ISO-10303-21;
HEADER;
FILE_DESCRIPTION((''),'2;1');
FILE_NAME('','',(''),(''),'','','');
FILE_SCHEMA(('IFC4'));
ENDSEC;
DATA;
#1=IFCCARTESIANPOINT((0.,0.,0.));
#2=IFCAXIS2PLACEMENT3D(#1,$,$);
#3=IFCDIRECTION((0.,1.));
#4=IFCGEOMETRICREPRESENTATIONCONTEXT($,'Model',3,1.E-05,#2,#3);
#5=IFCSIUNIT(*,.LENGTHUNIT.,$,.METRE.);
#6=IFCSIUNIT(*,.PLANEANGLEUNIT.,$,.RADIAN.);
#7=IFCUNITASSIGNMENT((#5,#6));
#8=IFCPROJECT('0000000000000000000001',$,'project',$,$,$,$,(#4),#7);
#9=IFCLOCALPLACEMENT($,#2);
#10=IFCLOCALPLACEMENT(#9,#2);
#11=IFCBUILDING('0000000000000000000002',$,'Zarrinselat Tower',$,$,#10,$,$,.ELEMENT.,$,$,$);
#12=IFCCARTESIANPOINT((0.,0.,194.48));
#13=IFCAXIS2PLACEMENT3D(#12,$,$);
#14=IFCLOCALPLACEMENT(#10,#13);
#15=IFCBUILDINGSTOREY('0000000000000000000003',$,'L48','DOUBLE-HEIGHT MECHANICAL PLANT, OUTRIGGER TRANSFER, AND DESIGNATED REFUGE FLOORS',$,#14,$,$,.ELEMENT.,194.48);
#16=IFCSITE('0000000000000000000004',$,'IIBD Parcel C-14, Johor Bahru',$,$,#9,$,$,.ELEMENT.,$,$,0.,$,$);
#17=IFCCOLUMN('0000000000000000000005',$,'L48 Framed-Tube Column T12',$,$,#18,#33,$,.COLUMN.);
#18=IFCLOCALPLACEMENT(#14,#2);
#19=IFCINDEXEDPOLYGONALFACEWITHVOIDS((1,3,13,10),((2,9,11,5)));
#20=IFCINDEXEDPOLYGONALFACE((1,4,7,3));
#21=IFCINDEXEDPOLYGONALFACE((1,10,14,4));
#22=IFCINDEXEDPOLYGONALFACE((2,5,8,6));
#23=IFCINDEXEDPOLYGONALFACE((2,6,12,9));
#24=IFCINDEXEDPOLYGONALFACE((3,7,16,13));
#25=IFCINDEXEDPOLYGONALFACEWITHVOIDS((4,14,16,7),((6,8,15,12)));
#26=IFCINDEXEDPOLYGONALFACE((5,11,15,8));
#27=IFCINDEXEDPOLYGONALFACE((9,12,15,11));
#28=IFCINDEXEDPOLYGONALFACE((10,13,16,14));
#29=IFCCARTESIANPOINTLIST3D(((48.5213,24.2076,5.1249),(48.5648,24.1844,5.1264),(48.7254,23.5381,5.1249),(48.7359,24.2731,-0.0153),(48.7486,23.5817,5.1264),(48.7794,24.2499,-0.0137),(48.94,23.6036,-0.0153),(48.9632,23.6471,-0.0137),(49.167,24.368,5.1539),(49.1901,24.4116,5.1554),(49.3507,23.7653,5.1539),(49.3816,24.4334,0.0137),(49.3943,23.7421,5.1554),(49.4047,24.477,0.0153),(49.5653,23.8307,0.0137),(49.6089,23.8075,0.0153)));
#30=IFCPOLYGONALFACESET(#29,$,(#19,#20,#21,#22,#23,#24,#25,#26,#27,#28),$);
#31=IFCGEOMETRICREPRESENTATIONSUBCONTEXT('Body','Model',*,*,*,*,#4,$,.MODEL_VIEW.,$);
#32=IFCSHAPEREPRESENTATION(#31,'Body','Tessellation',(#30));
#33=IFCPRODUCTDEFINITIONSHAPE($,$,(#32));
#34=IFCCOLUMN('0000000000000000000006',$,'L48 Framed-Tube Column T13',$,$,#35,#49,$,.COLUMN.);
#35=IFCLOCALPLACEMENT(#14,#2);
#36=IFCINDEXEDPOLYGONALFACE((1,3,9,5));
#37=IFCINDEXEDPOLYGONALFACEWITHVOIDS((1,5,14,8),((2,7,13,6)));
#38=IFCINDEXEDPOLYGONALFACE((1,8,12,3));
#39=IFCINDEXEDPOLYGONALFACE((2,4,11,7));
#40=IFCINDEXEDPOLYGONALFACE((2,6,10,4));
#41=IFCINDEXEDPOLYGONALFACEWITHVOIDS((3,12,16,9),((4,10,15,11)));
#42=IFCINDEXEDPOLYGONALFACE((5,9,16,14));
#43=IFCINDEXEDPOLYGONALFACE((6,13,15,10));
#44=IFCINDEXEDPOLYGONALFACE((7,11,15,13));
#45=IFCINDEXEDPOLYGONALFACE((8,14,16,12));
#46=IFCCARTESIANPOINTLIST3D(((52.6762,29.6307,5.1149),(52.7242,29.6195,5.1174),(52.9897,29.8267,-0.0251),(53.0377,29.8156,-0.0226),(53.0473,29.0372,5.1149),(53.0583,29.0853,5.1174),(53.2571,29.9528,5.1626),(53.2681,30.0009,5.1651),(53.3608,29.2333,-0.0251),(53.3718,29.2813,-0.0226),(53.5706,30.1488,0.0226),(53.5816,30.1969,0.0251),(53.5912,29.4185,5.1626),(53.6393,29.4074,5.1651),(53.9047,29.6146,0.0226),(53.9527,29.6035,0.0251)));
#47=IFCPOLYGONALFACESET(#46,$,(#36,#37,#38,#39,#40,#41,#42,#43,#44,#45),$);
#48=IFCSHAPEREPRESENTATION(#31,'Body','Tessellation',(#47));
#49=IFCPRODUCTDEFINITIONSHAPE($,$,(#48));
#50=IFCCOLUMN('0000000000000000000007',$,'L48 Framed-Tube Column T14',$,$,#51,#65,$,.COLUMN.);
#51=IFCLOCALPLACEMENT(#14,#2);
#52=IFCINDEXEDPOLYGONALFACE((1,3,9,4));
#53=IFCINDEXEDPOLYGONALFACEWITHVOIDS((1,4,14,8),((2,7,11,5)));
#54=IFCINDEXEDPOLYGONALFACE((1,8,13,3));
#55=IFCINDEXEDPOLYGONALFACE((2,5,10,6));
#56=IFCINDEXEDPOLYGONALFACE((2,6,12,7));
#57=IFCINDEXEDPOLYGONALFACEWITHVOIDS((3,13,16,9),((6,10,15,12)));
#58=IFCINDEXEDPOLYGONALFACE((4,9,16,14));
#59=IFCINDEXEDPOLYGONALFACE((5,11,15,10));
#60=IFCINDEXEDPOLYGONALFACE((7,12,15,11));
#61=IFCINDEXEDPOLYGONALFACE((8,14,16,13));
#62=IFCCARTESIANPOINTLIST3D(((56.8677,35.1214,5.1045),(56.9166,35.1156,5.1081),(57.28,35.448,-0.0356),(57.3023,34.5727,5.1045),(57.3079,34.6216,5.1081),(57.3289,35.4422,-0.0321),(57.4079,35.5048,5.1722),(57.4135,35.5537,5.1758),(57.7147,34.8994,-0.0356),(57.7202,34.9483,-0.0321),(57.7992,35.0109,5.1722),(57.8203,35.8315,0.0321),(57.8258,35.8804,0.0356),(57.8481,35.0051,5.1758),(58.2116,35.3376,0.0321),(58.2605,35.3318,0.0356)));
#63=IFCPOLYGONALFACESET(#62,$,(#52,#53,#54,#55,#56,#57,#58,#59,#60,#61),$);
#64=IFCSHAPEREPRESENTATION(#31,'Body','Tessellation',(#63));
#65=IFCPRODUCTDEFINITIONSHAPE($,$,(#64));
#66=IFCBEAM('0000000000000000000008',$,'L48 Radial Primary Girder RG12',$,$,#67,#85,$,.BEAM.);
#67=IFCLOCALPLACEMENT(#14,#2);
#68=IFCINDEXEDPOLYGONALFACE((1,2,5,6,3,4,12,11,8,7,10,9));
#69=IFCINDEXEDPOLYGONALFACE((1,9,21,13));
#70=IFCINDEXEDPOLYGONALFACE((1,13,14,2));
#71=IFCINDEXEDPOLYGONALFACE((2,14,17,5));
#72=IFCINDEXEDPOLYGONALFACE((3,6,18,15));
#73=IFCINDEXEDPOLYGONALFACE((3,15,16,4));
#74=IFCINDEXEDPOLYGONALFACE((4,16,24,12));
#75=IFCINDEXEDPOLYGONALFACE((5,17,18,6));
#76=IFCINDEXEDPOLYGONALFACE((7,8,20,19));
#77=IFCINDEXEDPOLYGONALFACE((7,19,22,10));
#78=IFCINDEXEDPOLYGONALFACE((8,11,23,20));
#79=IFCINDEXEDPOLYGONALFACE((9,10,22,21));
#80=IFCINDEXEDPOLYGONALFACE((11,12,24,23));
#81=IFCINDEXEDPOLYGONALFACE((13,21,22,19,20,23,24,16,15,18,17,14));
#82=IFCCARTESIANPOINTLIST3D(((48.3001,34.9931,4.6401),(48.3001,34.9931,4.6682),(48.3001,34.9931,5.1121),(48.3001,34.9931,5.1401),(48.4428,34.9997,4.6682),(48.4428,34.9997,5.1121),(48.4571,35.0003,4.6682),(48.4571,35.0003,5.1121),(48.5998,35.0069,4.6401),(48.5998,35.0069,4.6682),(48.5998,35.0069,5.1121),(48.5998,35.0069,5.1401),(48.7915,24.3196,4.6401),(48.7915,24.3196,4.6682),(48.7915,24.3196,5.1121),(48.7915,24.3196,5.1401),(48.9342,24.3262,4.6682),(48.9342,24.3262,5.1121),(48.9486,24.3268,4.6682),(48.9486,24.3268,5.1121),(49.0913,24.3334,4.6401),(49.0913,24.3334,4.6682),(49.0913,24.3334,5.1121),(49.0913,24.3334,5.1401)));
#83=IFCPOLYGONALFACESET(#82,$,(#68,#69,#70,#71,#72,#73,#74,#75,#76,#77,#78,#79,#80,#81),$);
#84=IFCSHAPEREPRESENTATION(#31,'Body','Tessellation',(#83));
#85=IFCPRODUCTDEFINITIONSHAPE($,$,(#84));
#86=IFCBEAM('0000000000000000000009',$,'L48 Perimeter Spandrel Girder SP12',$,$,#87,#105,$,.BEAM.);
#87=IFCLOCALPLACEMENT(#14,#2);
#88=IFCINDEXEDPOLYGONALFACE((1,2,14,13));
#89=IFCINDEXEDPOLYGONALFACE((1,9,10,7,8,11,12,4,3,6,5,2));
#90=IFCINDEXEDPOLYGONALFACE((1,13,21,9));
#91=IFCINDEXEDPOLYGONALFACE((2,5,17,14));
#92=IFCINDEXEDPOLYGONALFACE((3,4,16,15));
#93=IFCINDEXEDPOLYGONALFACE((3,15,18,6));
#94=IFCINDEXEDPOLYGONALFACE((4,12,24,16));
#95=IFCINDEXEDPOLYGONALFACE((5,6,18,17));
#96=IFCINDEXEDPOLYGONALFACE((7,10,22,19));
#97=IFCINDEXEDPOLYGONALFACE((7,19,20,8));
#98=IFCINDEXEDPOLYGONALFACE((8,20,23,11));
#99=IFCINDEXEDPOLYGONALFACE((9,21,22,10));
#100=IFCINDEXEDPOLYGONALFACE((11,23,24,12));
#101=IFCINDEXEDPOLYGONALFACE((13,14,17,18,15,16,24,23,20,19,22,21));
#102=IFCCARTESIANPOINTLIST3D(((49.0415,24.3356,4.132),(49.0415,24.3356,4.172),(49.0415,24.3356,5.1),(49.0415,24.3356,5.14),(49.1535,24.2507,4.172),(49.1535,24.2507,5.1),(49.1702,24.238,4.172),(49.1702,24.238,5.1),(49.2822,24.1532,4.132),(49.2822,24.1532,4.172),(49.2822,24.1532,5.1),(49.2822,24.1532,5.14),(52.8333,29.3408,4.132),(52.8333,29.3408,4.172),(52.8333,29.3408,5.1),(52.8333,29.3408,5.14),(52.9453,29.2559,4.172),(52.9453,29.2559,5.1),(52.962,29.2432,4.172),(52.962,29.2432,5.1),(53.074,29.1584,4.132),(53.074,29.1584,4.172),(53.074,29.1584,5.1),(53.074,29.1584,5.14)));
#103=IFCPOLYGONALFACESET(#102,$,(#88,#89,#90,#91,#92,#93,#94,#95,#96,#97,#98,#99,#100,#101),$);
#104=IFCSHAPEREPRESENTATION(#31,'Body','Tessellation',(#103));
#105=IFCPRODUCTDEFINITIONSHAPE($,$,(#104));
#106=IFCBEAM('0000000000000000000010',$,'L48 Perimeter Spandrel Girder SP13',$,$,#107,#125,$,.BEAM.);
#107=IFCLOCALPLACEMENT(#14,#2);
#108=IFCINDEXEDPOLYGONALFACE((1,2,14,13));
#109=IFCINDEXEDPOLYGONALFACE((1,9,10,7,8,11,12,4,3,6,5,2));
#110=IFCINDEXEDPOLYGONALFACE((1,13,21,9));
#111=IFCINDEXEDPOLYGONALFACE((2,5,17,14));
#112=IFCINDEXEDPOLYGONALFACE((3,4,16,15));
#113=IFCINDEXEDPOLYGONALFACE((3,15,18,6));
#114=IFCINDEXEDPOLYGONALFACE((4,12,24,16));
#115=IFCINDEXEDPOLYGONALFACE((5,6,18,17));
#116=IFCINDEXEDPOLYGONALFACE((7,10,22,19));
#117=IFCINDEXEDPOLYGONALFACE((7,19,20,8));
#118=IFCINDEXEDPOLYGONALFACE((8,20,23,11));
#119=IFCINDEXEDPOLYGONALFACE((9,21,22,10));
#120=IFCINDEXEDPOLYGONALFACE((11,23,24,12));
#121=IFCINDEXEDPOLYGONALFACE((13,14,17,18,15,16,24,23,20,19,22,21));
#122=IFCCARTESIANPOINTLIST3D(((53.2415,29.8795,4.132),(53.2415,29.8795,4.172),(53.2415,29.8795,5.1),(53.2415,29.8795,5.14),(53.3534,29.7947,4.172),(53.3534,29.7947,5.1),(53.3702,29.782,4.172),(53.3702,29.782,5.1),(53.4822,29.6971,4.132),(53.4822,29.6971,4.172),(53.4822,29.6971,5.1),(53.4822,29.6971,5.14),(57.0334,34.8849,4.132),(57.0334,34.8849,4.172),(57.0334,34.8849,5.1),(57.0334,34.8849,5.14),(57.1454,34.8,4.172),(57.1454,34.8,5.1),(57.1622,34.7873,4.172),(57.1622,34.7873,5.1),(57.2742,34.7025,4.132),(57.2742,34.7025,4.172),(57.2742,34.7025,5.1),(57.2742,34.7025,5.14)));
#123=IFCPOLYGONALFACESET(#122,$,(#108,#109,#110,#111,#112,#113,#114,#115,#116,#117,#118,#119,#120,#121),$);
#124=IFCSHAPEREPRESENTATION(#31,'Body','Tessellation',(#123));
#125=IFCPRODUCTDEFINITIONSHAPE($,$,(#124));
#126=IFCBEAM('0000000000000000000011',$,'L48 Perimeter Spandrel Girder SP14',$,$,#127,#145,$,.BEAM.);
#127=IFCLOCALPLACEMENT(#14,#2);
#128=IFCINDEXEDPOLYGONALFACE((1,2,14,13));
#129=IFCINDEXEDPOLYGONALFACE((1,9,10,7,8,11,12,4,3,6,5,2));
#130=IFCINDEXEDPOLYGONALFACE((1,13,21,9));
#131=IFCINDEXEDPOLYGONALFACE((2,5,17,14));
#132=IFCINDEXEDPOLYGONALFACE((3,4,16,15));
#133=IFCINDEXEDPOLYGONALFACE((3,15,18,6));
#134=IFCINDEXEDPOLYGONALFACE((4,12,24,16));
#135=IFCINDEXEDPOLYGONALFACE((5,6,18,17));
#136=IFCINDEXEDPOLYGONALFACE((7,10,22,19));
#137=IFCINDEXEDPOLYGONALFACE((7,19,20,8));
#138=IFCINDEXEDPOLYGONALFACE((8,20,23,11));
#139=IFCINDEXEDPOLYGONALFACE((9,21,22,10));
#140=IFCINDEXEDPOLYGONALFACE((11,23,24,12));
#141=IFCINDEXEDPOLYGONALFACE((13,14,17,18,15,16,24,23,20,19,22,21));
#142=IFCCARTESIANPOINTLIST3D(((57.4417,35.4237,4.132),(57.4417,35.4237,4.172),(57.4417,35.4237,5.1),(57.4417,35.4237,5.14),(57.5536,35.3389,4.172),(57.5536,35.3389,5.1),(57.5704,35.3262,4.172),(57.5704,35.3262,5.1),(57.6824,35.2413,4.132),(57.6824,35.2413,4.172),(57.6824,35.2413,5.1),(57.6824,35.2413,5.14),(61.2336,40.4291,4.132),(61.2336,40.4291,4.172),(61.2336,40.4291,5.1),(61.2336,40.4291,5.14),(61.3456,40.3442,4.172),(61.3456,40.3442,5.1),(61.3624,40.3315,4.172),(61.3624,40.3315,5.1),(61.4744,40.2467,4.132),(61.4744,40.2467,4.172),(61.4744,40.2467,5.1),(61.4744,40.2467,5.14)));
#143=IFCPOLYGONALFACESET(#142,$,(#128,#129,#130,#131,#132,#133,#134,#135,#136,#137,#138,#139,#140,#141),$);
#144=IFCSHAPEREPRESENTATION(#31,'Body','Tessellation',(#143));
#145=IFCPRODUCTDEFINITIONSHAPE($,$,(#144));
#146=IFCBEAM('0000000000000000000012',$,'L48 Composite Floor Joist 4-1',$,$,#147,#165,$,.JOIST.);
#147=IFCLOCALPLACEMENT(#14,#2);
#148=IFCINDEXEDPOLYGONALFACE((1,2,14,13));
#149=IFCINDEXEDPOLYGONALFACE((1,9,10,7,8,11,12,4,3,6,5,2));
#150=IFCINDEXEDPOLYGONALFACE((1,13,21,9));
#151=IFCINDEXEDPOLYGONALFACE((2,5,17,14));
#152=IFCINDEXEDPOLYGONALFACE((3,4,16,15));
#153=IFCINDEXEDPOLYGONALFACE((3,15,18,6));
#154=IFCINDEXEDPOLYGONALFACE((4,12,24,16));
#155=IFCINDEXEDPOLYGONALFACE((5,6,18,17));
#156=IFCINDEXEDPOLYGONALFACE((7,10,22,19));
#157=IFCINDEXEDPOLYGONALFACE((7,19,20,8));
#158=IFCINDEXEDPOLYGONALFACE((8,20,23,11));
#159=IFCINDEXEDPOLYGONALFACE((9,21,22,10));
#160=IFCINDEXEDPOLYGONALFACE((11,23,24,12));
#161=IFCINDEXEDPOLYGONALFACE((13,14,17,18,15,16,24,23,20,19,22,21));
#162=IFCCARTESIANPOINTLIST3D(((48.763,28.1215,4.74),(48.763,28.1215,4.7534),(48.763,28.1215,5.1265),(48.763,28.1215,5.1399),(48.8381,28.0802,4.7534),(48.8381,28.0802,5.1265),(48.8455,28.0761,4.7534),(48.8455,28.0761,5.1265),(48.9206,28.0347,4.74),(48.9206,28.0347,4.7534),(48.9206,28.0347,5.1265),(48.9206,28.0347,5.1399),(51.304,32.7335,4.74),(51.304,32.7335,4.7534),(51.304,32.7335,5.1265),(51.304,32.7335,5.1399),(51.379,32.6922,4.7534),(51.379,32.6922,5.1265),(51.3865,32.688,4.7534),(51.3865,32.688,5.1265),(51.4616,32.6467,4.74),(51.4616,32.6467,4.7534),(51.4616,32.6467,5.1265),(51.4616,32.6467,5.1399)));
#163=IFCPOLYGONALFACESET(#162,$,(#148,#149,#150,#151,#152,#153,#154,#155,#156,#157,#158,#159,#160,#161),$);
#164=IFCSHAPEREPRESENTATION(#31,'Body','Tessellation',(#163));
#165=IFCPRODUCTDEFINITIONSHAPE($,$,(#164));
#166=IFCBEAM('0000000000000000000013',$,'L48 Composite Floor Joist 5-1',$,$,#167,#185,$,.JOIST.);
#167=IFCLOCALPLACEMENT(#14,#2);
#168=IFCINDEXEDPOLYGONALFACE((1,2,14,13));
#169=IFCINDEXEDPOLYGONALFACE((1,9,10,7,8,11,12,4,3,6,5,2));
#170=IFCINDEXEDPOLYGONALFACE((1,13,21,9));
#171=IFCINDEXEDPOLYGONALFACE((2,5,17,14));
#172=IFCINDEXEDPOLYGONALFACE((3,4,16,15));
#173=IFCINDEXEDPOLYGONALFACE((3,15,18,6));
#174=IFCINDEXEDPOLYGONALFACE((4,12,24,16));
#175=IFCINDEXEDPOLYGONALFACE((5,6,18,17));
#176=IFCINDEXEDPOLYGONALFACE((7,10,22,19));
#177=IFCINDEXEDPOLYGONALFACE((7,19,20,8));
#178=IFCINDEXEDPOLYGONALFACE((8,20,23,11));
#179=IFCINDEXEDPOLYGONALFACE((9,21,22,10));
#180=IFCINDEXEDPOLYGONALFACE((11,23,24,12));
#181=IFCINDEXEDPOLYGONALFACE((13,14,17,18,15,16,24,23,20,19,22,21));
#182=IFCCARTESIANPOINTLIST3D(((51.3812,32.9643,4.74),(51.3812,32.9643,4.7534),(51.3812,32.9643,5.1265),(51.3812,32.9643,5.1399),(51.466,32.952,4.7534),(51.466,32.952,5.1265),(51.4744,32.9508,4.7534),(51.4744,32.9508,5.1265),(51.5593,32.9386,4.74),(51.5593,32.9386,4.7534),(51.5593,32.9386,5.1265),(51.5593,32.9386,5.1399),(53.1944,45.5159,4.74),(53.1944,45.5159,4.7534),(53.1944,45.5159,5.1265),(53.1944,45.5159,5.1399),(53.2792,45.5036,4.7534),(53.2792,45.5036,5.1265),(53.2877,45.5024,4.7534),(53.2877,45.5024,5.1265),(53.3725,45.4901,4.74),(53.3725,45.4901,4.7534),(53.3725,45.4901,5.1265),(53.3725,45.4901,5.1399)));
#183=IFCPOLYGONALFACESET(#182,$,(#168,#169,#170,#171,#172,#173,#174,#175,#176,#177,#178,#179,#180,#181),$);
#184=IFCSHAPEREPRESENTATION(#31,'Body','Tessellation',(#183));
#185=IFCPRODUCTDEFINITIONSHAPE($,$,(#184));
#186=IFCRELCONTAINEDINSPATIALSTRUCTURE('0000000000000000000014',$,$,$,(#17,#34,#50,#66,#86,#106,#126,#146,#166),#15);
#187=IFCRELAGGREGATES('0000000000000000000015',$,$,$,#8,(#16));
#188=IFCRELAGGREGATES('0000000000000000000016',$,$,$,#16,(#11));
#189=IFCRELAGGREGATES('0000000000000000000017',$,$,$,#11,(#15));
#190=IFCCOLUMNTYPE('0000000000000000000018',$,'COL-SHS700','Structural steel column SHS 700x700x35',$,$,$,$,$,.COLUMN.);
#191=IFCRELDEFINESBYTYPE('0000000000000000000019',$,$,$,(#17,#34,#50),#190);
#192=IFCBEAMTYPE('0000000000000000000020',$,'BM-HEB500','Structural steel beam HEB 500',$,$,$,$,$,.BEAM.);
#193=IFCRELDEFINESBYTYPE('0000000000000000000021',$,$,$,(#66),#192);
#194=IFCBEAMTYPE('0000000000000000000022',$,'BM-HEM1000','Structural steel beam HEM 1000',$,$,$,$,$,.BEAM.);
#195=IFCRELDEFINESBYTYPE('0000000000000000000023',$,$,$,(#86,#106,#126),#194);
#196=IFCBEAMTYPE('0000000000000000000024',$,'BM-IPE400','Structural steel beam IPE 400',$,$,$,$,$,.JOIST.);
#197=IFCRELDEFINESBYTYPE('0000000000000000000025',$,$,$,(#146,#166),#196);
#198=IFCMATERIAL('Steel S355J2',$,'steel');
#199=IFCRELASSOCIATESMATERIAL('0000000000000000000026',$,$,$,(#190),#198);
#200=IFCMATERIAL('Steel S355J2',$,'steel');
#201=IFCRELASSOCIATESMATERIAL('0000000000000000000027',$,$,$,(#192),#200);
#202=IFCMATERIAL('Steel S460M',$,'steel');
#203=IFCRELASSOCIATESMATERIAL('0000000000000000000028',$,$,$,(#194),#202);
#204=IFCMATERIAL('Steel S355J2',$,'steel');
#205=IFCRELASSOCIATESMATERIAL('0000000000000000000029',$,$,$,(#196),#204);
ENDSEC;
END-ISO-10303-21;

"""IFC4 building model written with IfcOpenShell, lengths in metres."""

from ifc_helpers import new_model, si_unit, direction, frame, origin, origin_2d, place, context, subcontext, project, spatial, hollow_rectangle, i_section, extrude, material, material_profile, profile_set, type_object, element, save


model = new_model("IFC4")

# Units and contexts
model_context = context("Model", 3, precision=1e-05, world=origin(), true_north=direction((0.0, 1.0)))
body_context = subcontext(model_context, "Body", "Model", "MODEL_VIEW")
ifc_project = project(units=[si_unit("LENGTHUNIT", "METRE"), si_unit("PLANEANGLEUNIT", "RADIAN")], contexts=[model_context])

# Site, building, storey
site_placement = place(None, origin())
site = spatial("IfcSite", under=ifc_project, at=site_placement, Name="IIBD Parcel C-14, Johor Bahru", CompositionType="ELEMENT", RefElevation=0.0)
building_placement = place(site_placement, origin())
building = spatial("IfcBuilding", under=site, at=building_placement, Name="Zarrinselat Tower", CompositionType="ELEMENT")
storey_placement = place(building_placement, frame((0.0, 0.0, 194.48)))
storey = spatial("IfcBuildingStorey", under=building, at=storey_placement, Name="L48", Description="DOUBLE-HEIGHT MECHANICAL PLANT, OUTRIGGER TRANSFER, AND DESIGNATED REFUGE FLOORS", CompositionType="ELEMENT", Elevation=194.48)

# Columns
ifc_material_1 = material(Name="Steel S355J2", Category="steel")
ifc_material_profile_1 = material_profile(ifc_material_1, hollow_rectangle(XDim=0.7, YDim=0.7, WallThickness=0.0349, at=origin_2d()), Name="SHS 700x700x35")
ifc_profile_set_1 = profile_set([ifc_material_profile_1], Name="Steel S355J2")
column_type = type_object("IfcColumnType", Name="COL-SHS700", Description="Structural steel column SHS 700x700x35", PredefinedType="COLUMN", material=ifc_profile_set_1)
column_1_placement = place(storey_placement, frame((49.1724, 24.0403, 0.0), z_axis=(-0.04171, -0.012717, 0.999049), x_axis=(0.291638, -0.956529, 0.0)))
element("IfcColumn", 1, at=column_1_placement, inside=storey, type_object=column_type, Name="L48 Framed-Tube Column T12", PredefinedType="COLUMN", context=body_context, shape_type="SweptSolid", body=[
    extrude(hollow_rectangle(XDim=0.7, YDim=0.7, WallThickness=0.0349, at=origin_2d()), origin(), (0.0, 0.0, 1.0), 5.145),
])
column_2_placement = place(storey_placement, frame((53.4712, 29.7151, 0.0), z_axis=(-0.060829, -0.038042, 0.997423), x_axis=(0.530236, -0.84785, 0.0)))
element("IfcColumn", 2, at=column_2_placement, inside=storey, type_object=column_type, Name="L48 Framed-Tube Column T13", PredefinedType="COLUMN", context=body_context, shape_type="SweptSolid", body=[
    extrude(hollow_rectangle(XDim=0.7, YDim=0.7, WallThickness=0.0349, at=origin_2d()), origin(), (0.0, 0.0, 1.0), 5.1533),
])
column_3_placement = place(storey_placement, frame((57.7703, 35.3899, 0.0), z_axis=(-0.079805, -0.063221, 0.994804), x_axis=(0.620953, -0.783848, 0.0)))
element("IfcColumn", 3, at=column_3_placement, inside=storey, type_object=column_type, Name="L48 Framed-Tube Column T14", PredefinedType="COLUMN", context=body_context, shape_type="SweptSolid", body=[
    extrude(hollow_rectangle(XDim=0.7, YDim=0.7, WallThickness=0.0349, at=origin_2d()), origin(), (0.0, 0.0, 1.0), 5.167),
])

# Beams
ifc_material_2 = material(Name="Steel S355J2", Category="steel")
ifc_material_profile_2 = material_profile(ifc_material_2, i_section(OverallWidth=0.3, OverallDepth=0.5, WebThickness=0.0144, FlangeThickness=0.0281, at=origin_2d()), Name="HEB 500")
ifc_profile_set_2 = profile_set([ifc_material_profile_2], Name="Steel S355J2")
beam_type_1 = type_object("IfcBeamType", Name="BM-HEB500", Description="Structural steel beam HEB 500", PredefinedType="BEAM", material=ifc_profile_set_2)
beam_1_placement = place(storey_placement, frame((48.45, 35.0, 4.8901), z_axis=(0.045995, -0.998942, 0.0), x_axis=(0.998942, 0.045995, 0.0)))
element("IfcBeam", 4, at=beam_1_placement, inside=storey, type_object=beam_type_1, Name="L48 Radial Primary Girder RG12", PredefinedType="BEAM", context=body_context, shape_type="SweptSolid", body=[
    extrude(i_section(OverallWidth=0.3, OverallDepth=0.5, WebThickness=0.0144, FlangeThickness=0.0281, at=origin_2d()), origin(), (0.0, 0.0, 1.0), 10.6848),
])
ifc_material_3 = material(Name="Steel S460M", Category="steel")
ifc_material_profile_3 = material_profile(ifc_material_3, i_section(OverallWidth=0.302, OverallDepth=1.0081, WebThickness=0.021, FlangeThickness=0.04, at=origin_2d()), Name="HEM 1000")
ifc_profile_set_3 = profile_set([ifc_material_profile_3], Name="Steel S460M")
beam_type_2 = type_object("IfcBeamType", Name="BM-HEM1000", Description="Structural steel beam HEM 1000", PredefinedType="BEAM", material=ifc_profile_set_3)
beam_2_placement = place(storey_placement, frame((49.1619, 24.2444, 4.636), z_axis=(0.603856, 0.797093, 0.0), x_axis=(-0.797093, 0.603856, 0.0)))
element("IfcBeam", 5, at=beam_2_placement, inside=storey, type_object=beam_type_2, Name="L48 Perimeter Spandrel Girder SP12", PredefinedType="BEAM", context=body_context, shape_type="SweptSolid", body=[
    extrude(i_section(OverallWidth=0.302, OverallDepth=1.0081, WebThickness=0.021, FlangeThickness=0.04, at=origin_2d()), origin(), (0.0, 0.0, 1.0), 6.2793),
])
for number, where, z_axis, x_axis, name in (
    (6, (53.3618, 29.7883, 4.636), (0.603862, 0.797089, 0.0), (-0.797089, 0.603862, 0.0), "L48 Perimeter Spandrel Girder SP13"),
    (7, (57.562, 35.3325, 4.636), (0.603862, 0.797089, 0.0), (-0.797089, 0.603862, 0.0), "L48 Perimeter Spandrel Girder SP14"),
):
    element("IfcBeam", number, at=place(storey_placement, frame(where, z_axis=z_axis, x_axis=x_axis)), inside=storey, type_object=beam_type_2, Name=name, PredefinedType="BEAM", context=body_context, shape_type="SweptSolid", body=[
        extrude(i_section(OverallWidth=0.302, OverallDepth=1.0081, WebThickness=0.021, FlangeThickness=0.04, at=origin_2d()), origin(), (0.0, 0.0, 1.0), 6.2795),
    ])
ifc_material_4 = material(Name="Steel S355J2", Category="steel")
ifc_material_profile_4 = material_profile(ifc_material_4, i_section(OverallWidth=0.1799, OverallDepth=0.3999, WebThickness=0.0085, FlangeThickness=0.0134, at=origin_2d()), Name="IPE 400")
ifc_profile_set_4 = profile_set([ifc_material_profile_4], Name="Steel S355J2")
beam_type_3 = type_object("IfcBeamType", Name="BM-IPE400", Description="Structural steel beam IPE 400", PredefinedType="JOIST", material=ifc_profile_set_4)
beam_3_placement = place(storey_placement, frame((48.8418, 28.0781, 4.9399), z_axis=(0.482558, 0.875864, 0.0), x_axis=(-0.875864, 0.482558, 0.0)))
element("IfcBeam", 8, at=beam_3_placement, inside=storey, type_object=beam_type_3, Name="L48 Composite Floor Joist 4-1", PredefinedType="JOIST", context=body_context, shape_type="SweptSolid", body=[
    extrude(i_section(OverallWidth=0.1799, OverallDepth=0.3999, WebThickness=0.0085, FlangeThickness=0.0134, at=origin_2d()), origin(), (0.0, 0.0, 1.0), 5.2656),
])
beam_4_placement = place(storey_placement, frame((51.4702, 32.9514, 4.9399), z_axis=(0.142979, 0.989726, 0.0), x_axis=(-0.989726, 0.142979, 0.0)))
element("IfcBeam", 9, at=beam_4_placement, inside=storey, type_object=beam_type_3, Name="L48 Composite Floor Joist 5-1", PredefinedType="JOIST", context=body_context, shape_type="SweptSolid", body=[
    extrude(i_section(OverallWidth=0.1799, OverallDepth=0.3999, WebThickness=0.0085, FlangeThickness=0.0134, at=origin_2d()), origin(), (0.0, 0.0, 1.0), 12.6819),
])

save(model, "model.ifc")
